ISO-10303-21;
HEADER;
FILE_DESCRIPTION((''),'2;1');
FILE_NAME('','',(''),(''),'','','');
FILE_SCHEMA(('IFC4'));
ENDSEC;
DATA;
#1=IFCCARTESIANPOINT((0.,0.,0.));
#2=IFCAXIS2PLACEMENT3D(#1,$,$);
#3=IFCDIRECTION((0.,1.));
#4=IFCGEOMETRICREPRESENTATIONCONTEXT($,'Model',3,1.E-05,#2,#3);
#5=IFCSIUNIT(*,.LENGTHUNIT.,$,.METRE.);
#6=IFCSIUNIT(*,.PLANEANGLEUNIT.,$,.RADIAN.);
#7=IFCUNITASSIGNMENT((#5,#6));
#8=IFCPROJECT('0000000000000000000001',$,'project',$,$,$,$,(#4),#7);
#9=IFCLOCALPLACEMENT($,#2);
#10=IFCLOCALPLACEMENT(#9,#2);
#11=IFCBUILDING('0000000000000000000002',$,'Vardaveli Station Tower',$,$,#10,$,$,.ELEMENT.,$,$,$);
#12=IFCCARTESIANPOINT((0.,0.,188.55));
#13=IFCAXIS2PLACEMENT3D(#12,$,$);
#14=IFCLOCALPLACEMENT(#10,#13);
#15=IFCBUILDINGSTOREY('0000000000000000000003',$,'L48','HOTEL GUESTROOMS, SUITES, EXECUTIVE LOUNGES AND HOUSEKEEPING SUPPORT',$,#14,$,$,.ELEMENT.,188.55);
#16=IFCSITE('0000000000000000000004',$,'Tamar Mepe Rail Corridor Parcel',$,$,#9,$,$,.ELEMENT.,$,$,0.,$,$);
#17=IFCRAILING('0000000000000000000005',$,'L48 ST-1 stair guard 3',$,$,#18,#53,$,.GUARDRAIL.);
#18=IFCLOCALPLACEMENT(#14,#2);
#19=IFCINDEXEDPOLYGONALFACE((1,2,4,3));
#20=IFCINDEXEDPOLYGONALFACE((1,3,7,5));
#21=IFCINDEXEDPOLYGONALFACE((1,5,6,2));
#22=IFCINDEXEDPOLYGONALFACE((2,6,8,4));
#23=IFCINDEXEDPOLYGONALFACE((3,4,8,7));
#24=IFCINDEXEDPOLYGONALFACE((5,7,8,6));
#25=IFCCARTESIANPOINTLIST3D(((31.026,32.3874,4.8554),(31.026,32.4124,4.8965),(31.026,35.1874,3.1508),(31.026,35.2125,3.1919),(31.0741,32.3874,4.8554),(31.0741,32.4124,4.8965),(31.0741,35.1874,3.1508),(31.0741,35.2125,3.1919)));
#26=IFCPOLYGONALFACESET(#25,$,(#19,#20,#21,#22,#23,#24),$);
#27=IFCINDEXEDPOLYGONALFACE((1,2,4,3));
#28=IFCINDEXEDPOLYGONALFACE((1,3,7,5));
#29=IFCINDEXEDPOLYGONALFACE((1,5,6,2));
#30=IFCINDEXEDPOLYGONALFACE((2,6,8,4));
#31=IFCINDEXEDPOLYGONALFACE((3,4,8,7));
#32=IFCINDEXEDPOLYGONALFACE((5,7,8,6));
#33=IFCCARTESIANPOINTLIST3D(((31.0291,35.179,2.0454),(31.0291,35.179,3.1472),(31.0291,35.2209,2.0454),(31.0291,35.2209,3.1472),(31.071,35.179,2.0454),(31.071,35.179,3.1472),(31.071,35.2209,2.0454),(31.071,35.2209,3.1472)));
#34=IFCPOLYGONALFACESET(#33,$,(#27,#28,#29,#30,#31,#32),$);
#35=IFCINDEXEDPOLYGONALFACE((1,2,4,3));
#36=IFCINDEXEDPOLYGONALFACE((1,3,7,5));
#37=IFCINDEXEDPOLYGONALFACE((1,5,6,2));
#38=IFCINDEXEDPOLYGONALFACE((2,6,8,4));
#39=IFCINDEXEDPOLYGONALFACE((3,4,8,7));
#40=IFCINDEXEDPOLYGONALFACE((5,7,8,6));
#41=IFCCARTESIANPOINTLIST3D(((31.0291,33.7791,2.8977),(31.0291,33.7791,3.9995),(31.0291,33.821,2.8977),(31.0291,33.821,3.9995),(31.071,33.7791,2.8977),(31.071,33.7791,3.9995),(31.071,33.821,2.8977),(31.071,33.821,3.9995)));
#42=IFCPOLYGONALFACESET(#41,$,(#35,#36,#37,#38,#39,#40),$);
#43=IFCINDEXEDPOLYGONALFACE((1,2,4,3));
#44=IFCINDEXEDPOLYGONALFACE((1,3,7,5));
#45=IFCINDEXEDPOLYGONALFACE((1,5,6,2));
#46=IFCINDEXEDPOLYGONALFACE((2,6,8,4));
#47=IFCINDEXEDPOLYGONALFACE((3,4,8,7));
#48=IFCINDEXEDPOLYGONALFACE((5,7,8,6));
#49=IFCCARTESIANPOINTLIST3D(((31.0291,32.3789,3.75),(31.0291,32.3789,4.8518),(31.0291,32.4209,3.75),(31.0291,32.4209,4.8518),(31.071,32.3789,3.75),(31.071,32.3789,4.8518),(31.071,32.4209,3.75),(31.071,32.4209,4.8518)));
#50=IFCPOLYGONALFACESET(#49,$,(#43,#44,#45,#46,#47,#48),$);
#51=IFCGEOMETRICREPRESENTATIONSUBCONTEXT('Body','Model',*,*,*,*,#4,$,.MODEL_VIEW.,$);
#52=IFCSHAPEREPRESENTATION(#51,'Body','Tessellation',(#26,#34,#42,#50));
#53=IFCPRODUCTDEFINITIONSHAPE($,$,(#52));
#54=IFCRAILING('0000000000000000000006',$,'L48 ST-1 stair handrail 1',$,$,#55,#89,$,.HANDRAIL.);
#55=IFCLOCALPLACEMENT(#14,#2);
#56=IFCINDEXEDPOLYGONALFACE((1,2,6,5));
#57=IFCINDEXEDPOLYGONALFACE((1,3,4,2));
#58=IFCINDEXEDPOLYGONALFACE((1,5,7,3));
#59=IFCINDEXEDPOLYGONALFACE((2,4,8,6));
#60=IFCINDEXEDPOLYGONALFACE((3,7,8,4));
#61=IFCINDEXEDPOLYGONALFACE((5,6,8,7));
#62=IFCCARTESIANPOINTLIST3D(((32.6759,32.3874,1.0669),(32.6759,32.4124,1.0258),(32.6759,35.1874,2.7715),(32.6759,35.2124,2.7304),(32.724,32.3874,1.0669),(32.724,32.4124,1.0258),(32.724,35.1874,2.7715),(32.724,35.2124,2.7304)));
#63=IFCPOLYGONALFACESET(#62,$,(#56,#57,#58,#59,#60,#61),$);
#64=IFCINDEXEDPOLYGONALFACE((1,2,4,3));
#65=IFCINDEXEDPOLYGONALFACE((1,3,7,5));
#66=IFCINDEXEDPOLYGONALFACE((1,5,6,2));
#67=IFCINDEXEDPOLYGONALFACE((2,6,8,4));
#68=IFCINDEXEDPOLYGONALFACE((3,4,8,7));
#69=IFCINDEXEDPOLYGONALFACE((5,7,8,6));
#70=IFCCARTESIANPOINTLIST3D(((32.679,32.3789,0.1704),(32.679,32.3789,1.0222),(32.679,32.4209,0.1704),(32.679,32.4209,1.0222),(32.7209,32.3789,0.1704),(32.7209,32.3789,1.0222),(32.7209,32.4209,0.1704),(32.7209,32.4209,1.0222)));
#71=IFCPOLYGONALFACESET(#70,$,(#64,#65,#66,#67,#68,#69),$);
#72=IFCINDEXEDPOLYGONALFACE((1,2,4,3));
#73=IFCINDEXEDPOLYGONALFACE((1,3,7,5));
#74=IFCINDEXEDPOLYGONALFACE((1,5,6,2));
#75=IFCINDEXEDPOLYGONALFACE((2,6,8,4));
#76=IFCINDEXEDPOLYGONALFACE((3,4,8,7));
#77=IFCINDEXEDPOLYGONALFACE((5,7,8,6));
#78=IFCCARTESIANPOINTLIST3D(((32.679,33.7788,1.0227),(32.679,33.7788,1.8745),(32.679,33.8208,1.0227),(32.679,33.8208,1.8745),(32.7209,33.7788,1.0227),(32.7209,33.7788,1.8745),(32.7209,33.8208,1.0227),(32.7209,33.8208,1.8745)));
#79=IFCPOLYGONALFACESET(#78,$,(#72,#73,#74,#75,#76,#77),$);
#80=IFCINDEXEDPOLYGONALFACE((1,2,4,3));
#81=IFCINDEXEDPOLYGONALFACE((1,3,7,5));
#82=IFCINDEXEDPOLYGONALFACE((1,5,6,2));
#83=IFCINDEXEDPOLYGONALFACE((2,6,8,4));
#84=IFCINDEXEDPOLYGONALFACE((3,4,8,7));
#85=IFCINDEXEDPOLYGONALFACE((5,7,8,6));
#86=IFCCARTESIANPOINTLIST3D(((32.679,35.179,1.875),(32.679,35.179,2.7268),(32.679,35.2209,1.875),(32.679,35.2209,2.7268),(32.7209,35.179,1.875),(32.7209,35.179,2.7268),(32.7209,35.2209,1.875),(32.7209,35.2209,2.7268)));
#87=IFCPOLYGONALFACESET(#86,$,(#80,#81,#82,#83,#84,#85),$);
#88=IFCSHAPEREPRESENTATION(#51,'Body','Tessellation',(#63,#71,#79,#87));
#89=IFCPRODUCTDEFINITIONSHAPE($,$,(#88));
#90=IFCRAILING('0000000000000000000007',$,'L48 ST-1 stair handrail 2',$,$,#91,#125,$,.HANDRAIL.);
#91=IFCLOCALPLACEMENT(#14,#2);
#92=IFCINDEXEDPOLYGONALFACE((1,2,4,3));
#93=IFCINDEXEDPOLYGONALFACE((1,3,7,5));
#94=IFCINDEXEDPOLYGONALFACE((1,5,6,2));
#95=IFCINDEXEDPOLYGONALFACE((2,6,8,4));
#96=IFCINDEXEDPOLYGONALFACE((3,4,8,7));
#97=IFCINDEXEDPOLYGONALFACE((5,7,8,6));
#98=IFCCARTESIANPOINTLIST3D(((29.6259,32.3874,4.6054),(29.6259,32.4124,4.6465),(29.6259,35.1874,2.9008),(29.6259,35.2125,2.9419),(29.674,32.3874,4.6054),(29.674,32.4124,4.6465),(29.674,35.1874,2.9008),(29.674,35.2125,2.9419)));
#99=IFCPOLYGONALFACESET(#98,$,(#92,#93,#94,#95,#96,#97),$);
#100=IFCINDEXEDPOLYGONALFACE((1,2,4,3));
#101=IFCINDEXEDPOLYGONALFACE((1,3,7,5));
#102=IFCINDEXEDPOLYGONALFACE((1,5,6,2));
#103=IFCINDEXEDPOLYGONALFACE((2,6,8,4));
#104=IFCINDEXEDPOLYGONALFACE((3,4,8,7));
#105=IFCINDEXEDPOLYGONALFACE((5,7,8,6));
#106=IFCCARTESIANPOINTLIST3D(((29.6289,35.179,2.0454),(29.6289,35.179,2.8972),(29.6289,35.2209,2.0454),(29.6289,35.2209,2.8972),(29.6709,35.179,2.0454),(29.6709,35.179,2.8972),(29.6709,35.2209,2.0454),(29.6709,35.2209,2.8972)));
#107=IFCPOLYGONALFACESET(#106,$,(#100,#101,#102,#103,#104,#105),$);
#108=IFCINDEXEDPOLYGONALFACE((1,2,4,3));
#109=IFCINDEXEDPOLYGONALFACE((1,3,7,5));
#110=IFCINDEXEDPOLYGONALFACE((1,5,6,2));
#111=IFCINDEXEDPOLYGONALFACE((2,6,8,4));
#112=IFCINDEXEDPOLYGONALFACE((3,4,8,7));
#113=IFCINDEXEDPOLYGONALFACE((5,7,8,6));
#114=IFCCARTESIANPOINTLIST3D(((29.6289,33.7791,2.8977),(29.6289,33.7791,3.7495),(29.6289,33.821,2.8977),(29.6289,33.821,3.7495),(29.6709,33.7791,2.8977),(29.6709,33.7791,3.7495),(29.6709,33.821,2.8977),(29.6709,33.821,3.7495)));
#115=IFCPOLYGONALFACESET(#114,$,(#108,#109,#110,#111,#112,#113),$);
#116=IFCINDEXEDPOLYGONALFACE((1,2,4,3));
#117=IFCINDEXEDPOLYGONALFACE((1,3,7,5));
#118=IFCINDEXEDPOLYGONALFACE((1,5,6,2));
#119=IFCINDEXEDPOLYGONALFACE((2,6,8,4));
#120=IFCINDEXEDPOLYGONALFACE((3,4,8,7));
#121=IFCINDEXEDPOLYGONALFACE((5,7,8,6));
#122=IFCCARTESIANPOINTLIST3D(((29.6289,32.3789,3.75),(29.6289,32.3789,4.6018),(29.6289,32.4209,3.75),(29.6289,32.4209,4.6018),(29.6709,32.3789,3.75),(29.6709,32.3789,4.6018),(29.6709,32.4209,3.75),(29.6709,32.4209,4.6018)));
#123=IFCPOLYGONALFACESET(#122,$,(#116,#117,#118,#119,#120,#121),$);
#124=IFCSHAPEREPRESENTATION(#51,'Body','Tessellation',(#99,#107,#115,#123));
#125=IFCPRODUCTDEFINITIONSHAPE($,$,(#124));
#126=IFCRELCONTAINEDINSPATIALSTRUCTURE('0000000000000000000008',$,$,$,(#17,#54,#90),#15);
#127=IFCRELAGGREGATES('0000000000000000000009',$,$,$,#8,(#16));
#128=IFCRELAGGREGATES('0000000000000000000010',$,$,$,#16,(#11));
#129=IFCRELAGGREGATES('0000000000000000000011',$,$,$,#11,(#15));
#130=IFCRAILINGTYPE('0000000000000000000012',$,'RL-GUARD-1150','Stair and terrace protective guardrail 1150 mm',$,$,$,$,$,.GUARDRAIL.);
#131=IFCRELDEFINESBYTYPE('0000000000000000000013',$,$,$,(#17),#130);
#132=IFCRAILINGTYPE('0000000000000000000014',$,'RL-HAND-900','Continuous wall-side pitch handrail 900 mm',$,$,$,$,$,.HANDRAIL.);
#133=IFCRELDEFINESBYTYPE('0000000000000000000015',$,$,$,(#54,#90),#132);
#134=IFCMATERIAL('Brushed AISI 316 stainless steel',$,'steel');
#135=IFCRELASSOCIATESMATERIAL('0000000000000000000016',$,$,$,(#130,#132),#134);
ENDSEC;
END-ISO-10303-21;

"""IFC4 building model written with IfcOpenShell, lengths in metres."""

from ifc_helpers import new_model, si_unit, direction, frame, origin, origin_2d, place, context, subcontext, project, spatial, rectangle, extrude, source, transform, mapped, material, type_object, element, save


model = new_model("IFC4")

# Units and contexts
model_context = context("Model", 3, precision=1e-05, world=origin(), true_north=direction((0.0, 1.0)))
body_context = subcontext(model_context, "Body", "Model", "MODEL_VIEW")
ifc_project = project(units=[si_unit("LENGTHUNIT", "METRE"), si_unit("PLANEANGLEUNIT", "RADIAN")], contexts=[model_context])

# Site, building, storey
site_placement = place(None, origin())
site = spatial("IfcSite", under=ifc_project, at=site_placement, Name="Tamar Mepe Rail Corridor Parcel", CompositionType="ELEMENT", RefElevation=0.0)
building_placement = place(site_placement, origin())
building = spatial("IfcBuilding", under=site, at=building_placement, Name="Vardaveli Station Tower", CompositionType="ELEMENT")
storey_placement = place(building_placement, frame((0.0, 0.0, 188.55)))
storey = spatial("IfcBuildingStorey", under=building, at=storey_placement, Name="L48", Description="HOTEL GUESTROOMS, SUITES, EXECUTIVE LOUNGES AND HOUSEKEEPING SUPPORT", CompositionType="ELEMENT", Elevation=188.55)

# Railings
ifc_material_1 = material(Name="Brushed AISI 316 stainless steel", Category="steel")
railing_type_1 = type_object("IfcRailingType", Name="RL-GUARD-1150", Description="Stair and terrace protective guardrail 1150 mm", PredefinedType="GUARDRAIL", material=ifc_material_1)
shared_shape_1 = source(origin(), body_context, "Body", "SweptSolid", [
    extrude(rectangle(XDim=0.0481, YDim=0.0481, at=origin_2d()), frame((0.0, 0.0, 1.126), z_axis=(0.0, -0.85417, 0.519994), x_axis=(1.0, 0.0, 0.0)), (0.0, 0.0, 1.0), 3.2781),
    extrude(rectangle(XDim=0.042, YDim=0.042, at=origin_2d()), origin(), (0.0, 0.0, 1.0), 1.1018),
    extrude(rectangle(XDim=0.042, YDim=0.042, at=origin_2d()), frame((0.0, -1.3999, 0.8523)), (0.0, 0.0, 1.0), 1.1018),
    extrude(rectangle(XDim=0.042, YDim=0.042, at=origin_2d()), frame((0.0, -2.8, 1.7046)), (0.0, 0.0, 1.0), 1.1018),
])
railing_1_placement = place(storey_placement, frame((31.05, 35.2, 2.0454)))
element("IfcRailing", 1, at=railing_1_placement, inside=storey, type_object=railing_type_1, Name="L48 ST-1 stair guard 3", PredefinedType="GUARDRAIL", context=body_context, shape_type="MappedRepresentation", body=[
    mapped(shared_shape_1, transform((0.0, 0.0, 0.0), scale=1.0)),
])
railing_type_2 = type_object("IfcRailingType", Name="RL-HAND-900", Description="Continuous wall-side pitch handrail 900 mm", PredefinedType="HANDRAIL", material=ifc_material_1)
shared_shape_2 = source(origin(), body_context, "Body", "SweptSolid", [
    extrude(rectangle(XDim=0.0481, YDim=0.0481, at=origin_2d()), frame((0.0, 0.0, 0.876), z_axis=(0.0, 0.85417, 0.519994), x_axis=(-1.0, 0.0, 0.0)), (0.0, 0.0, 1.0), 3.2781),
    extrude(rectangle(XDim=0.042, YDim=0.042, at=origin_2d()), origin(), (0.0, 0.0, 1.0), 0.8518),
    extrude(rectangle(XDim=0.042, YDim=0.042, at=origin_2d()), frame((0.0, 1.3999, 0.8523)), (0.0, 0.0, 1.0), 0.8518),
    extrude(rectangle(XDim=0.042, YDim=0.042, at=origin_2d()), frame((0.0, 2.8, 1.7046)), (0.0, 0.0, 1.0), 0.8518),
])
railing_2_placement = place(storey_placement, frame((32.7, 32.3999, 0.1704)))
element("IfcRailing", 2, at=railing_2_placement, inside=storey, type_object=railing_type_2, Name="L48 ST-1 stair handrail 1", PredefinedType="HANDRAIL", context=body_context, shape_type="MappedRepresentation", body=[
    mapped(shared_shape_2, transform((0.0, 0.0, 0.0), scale=1.0)),
])
shared_shape_3 = source(origin(), body_context, "Body", "SweptSolid", [
    extrude(rectangle(XDim=0.0481, YDim=0.0481, at=origin_2d()), frame((0.0, 0.0, 0.876), z_axis=(0.0, -0.85417, 0.519994), x_axis=(1.0, 0.0, 0.0)), (0.0, 0.0, 1.0), 3.2781),
    extrude(rectangle(XDim=0.042, YDim=0.042, at=origin_2d()), origin(), (0.0, 0.0, 1.0), 0.8518),
    extrude(rectangle(XDim=0.042, YDim=0.042, at=origin_2d()), frame((0.0, -1.3999, 0.8523)), (0.0, 0.0, 1.0), 0.8518),
    extrude(rectangle(XDim=0.042, YDim=0.042, at=origin_2d()), frame((0.0, -2.8, 1.7046)), (0.0, 0.0, 1.0), 0.8518),
])
railing_3_placement = place(storey_placement, frame((29.6499, 35.2, 2.0454)))
element("IfcRailing", 3, at=railing_3_placement, inside=storey, type_object=railing_type_2, Name="L48 ST-1 stair handrail 2", PredefinedType="HANDRAIL", context=body_context, shape_type="MappedRepresentation", body=[
    mapped(shared_shape_3, transform((0.0, 0.0, 0.0), scale=1.0)),
])

save(model, "model.ifc")
